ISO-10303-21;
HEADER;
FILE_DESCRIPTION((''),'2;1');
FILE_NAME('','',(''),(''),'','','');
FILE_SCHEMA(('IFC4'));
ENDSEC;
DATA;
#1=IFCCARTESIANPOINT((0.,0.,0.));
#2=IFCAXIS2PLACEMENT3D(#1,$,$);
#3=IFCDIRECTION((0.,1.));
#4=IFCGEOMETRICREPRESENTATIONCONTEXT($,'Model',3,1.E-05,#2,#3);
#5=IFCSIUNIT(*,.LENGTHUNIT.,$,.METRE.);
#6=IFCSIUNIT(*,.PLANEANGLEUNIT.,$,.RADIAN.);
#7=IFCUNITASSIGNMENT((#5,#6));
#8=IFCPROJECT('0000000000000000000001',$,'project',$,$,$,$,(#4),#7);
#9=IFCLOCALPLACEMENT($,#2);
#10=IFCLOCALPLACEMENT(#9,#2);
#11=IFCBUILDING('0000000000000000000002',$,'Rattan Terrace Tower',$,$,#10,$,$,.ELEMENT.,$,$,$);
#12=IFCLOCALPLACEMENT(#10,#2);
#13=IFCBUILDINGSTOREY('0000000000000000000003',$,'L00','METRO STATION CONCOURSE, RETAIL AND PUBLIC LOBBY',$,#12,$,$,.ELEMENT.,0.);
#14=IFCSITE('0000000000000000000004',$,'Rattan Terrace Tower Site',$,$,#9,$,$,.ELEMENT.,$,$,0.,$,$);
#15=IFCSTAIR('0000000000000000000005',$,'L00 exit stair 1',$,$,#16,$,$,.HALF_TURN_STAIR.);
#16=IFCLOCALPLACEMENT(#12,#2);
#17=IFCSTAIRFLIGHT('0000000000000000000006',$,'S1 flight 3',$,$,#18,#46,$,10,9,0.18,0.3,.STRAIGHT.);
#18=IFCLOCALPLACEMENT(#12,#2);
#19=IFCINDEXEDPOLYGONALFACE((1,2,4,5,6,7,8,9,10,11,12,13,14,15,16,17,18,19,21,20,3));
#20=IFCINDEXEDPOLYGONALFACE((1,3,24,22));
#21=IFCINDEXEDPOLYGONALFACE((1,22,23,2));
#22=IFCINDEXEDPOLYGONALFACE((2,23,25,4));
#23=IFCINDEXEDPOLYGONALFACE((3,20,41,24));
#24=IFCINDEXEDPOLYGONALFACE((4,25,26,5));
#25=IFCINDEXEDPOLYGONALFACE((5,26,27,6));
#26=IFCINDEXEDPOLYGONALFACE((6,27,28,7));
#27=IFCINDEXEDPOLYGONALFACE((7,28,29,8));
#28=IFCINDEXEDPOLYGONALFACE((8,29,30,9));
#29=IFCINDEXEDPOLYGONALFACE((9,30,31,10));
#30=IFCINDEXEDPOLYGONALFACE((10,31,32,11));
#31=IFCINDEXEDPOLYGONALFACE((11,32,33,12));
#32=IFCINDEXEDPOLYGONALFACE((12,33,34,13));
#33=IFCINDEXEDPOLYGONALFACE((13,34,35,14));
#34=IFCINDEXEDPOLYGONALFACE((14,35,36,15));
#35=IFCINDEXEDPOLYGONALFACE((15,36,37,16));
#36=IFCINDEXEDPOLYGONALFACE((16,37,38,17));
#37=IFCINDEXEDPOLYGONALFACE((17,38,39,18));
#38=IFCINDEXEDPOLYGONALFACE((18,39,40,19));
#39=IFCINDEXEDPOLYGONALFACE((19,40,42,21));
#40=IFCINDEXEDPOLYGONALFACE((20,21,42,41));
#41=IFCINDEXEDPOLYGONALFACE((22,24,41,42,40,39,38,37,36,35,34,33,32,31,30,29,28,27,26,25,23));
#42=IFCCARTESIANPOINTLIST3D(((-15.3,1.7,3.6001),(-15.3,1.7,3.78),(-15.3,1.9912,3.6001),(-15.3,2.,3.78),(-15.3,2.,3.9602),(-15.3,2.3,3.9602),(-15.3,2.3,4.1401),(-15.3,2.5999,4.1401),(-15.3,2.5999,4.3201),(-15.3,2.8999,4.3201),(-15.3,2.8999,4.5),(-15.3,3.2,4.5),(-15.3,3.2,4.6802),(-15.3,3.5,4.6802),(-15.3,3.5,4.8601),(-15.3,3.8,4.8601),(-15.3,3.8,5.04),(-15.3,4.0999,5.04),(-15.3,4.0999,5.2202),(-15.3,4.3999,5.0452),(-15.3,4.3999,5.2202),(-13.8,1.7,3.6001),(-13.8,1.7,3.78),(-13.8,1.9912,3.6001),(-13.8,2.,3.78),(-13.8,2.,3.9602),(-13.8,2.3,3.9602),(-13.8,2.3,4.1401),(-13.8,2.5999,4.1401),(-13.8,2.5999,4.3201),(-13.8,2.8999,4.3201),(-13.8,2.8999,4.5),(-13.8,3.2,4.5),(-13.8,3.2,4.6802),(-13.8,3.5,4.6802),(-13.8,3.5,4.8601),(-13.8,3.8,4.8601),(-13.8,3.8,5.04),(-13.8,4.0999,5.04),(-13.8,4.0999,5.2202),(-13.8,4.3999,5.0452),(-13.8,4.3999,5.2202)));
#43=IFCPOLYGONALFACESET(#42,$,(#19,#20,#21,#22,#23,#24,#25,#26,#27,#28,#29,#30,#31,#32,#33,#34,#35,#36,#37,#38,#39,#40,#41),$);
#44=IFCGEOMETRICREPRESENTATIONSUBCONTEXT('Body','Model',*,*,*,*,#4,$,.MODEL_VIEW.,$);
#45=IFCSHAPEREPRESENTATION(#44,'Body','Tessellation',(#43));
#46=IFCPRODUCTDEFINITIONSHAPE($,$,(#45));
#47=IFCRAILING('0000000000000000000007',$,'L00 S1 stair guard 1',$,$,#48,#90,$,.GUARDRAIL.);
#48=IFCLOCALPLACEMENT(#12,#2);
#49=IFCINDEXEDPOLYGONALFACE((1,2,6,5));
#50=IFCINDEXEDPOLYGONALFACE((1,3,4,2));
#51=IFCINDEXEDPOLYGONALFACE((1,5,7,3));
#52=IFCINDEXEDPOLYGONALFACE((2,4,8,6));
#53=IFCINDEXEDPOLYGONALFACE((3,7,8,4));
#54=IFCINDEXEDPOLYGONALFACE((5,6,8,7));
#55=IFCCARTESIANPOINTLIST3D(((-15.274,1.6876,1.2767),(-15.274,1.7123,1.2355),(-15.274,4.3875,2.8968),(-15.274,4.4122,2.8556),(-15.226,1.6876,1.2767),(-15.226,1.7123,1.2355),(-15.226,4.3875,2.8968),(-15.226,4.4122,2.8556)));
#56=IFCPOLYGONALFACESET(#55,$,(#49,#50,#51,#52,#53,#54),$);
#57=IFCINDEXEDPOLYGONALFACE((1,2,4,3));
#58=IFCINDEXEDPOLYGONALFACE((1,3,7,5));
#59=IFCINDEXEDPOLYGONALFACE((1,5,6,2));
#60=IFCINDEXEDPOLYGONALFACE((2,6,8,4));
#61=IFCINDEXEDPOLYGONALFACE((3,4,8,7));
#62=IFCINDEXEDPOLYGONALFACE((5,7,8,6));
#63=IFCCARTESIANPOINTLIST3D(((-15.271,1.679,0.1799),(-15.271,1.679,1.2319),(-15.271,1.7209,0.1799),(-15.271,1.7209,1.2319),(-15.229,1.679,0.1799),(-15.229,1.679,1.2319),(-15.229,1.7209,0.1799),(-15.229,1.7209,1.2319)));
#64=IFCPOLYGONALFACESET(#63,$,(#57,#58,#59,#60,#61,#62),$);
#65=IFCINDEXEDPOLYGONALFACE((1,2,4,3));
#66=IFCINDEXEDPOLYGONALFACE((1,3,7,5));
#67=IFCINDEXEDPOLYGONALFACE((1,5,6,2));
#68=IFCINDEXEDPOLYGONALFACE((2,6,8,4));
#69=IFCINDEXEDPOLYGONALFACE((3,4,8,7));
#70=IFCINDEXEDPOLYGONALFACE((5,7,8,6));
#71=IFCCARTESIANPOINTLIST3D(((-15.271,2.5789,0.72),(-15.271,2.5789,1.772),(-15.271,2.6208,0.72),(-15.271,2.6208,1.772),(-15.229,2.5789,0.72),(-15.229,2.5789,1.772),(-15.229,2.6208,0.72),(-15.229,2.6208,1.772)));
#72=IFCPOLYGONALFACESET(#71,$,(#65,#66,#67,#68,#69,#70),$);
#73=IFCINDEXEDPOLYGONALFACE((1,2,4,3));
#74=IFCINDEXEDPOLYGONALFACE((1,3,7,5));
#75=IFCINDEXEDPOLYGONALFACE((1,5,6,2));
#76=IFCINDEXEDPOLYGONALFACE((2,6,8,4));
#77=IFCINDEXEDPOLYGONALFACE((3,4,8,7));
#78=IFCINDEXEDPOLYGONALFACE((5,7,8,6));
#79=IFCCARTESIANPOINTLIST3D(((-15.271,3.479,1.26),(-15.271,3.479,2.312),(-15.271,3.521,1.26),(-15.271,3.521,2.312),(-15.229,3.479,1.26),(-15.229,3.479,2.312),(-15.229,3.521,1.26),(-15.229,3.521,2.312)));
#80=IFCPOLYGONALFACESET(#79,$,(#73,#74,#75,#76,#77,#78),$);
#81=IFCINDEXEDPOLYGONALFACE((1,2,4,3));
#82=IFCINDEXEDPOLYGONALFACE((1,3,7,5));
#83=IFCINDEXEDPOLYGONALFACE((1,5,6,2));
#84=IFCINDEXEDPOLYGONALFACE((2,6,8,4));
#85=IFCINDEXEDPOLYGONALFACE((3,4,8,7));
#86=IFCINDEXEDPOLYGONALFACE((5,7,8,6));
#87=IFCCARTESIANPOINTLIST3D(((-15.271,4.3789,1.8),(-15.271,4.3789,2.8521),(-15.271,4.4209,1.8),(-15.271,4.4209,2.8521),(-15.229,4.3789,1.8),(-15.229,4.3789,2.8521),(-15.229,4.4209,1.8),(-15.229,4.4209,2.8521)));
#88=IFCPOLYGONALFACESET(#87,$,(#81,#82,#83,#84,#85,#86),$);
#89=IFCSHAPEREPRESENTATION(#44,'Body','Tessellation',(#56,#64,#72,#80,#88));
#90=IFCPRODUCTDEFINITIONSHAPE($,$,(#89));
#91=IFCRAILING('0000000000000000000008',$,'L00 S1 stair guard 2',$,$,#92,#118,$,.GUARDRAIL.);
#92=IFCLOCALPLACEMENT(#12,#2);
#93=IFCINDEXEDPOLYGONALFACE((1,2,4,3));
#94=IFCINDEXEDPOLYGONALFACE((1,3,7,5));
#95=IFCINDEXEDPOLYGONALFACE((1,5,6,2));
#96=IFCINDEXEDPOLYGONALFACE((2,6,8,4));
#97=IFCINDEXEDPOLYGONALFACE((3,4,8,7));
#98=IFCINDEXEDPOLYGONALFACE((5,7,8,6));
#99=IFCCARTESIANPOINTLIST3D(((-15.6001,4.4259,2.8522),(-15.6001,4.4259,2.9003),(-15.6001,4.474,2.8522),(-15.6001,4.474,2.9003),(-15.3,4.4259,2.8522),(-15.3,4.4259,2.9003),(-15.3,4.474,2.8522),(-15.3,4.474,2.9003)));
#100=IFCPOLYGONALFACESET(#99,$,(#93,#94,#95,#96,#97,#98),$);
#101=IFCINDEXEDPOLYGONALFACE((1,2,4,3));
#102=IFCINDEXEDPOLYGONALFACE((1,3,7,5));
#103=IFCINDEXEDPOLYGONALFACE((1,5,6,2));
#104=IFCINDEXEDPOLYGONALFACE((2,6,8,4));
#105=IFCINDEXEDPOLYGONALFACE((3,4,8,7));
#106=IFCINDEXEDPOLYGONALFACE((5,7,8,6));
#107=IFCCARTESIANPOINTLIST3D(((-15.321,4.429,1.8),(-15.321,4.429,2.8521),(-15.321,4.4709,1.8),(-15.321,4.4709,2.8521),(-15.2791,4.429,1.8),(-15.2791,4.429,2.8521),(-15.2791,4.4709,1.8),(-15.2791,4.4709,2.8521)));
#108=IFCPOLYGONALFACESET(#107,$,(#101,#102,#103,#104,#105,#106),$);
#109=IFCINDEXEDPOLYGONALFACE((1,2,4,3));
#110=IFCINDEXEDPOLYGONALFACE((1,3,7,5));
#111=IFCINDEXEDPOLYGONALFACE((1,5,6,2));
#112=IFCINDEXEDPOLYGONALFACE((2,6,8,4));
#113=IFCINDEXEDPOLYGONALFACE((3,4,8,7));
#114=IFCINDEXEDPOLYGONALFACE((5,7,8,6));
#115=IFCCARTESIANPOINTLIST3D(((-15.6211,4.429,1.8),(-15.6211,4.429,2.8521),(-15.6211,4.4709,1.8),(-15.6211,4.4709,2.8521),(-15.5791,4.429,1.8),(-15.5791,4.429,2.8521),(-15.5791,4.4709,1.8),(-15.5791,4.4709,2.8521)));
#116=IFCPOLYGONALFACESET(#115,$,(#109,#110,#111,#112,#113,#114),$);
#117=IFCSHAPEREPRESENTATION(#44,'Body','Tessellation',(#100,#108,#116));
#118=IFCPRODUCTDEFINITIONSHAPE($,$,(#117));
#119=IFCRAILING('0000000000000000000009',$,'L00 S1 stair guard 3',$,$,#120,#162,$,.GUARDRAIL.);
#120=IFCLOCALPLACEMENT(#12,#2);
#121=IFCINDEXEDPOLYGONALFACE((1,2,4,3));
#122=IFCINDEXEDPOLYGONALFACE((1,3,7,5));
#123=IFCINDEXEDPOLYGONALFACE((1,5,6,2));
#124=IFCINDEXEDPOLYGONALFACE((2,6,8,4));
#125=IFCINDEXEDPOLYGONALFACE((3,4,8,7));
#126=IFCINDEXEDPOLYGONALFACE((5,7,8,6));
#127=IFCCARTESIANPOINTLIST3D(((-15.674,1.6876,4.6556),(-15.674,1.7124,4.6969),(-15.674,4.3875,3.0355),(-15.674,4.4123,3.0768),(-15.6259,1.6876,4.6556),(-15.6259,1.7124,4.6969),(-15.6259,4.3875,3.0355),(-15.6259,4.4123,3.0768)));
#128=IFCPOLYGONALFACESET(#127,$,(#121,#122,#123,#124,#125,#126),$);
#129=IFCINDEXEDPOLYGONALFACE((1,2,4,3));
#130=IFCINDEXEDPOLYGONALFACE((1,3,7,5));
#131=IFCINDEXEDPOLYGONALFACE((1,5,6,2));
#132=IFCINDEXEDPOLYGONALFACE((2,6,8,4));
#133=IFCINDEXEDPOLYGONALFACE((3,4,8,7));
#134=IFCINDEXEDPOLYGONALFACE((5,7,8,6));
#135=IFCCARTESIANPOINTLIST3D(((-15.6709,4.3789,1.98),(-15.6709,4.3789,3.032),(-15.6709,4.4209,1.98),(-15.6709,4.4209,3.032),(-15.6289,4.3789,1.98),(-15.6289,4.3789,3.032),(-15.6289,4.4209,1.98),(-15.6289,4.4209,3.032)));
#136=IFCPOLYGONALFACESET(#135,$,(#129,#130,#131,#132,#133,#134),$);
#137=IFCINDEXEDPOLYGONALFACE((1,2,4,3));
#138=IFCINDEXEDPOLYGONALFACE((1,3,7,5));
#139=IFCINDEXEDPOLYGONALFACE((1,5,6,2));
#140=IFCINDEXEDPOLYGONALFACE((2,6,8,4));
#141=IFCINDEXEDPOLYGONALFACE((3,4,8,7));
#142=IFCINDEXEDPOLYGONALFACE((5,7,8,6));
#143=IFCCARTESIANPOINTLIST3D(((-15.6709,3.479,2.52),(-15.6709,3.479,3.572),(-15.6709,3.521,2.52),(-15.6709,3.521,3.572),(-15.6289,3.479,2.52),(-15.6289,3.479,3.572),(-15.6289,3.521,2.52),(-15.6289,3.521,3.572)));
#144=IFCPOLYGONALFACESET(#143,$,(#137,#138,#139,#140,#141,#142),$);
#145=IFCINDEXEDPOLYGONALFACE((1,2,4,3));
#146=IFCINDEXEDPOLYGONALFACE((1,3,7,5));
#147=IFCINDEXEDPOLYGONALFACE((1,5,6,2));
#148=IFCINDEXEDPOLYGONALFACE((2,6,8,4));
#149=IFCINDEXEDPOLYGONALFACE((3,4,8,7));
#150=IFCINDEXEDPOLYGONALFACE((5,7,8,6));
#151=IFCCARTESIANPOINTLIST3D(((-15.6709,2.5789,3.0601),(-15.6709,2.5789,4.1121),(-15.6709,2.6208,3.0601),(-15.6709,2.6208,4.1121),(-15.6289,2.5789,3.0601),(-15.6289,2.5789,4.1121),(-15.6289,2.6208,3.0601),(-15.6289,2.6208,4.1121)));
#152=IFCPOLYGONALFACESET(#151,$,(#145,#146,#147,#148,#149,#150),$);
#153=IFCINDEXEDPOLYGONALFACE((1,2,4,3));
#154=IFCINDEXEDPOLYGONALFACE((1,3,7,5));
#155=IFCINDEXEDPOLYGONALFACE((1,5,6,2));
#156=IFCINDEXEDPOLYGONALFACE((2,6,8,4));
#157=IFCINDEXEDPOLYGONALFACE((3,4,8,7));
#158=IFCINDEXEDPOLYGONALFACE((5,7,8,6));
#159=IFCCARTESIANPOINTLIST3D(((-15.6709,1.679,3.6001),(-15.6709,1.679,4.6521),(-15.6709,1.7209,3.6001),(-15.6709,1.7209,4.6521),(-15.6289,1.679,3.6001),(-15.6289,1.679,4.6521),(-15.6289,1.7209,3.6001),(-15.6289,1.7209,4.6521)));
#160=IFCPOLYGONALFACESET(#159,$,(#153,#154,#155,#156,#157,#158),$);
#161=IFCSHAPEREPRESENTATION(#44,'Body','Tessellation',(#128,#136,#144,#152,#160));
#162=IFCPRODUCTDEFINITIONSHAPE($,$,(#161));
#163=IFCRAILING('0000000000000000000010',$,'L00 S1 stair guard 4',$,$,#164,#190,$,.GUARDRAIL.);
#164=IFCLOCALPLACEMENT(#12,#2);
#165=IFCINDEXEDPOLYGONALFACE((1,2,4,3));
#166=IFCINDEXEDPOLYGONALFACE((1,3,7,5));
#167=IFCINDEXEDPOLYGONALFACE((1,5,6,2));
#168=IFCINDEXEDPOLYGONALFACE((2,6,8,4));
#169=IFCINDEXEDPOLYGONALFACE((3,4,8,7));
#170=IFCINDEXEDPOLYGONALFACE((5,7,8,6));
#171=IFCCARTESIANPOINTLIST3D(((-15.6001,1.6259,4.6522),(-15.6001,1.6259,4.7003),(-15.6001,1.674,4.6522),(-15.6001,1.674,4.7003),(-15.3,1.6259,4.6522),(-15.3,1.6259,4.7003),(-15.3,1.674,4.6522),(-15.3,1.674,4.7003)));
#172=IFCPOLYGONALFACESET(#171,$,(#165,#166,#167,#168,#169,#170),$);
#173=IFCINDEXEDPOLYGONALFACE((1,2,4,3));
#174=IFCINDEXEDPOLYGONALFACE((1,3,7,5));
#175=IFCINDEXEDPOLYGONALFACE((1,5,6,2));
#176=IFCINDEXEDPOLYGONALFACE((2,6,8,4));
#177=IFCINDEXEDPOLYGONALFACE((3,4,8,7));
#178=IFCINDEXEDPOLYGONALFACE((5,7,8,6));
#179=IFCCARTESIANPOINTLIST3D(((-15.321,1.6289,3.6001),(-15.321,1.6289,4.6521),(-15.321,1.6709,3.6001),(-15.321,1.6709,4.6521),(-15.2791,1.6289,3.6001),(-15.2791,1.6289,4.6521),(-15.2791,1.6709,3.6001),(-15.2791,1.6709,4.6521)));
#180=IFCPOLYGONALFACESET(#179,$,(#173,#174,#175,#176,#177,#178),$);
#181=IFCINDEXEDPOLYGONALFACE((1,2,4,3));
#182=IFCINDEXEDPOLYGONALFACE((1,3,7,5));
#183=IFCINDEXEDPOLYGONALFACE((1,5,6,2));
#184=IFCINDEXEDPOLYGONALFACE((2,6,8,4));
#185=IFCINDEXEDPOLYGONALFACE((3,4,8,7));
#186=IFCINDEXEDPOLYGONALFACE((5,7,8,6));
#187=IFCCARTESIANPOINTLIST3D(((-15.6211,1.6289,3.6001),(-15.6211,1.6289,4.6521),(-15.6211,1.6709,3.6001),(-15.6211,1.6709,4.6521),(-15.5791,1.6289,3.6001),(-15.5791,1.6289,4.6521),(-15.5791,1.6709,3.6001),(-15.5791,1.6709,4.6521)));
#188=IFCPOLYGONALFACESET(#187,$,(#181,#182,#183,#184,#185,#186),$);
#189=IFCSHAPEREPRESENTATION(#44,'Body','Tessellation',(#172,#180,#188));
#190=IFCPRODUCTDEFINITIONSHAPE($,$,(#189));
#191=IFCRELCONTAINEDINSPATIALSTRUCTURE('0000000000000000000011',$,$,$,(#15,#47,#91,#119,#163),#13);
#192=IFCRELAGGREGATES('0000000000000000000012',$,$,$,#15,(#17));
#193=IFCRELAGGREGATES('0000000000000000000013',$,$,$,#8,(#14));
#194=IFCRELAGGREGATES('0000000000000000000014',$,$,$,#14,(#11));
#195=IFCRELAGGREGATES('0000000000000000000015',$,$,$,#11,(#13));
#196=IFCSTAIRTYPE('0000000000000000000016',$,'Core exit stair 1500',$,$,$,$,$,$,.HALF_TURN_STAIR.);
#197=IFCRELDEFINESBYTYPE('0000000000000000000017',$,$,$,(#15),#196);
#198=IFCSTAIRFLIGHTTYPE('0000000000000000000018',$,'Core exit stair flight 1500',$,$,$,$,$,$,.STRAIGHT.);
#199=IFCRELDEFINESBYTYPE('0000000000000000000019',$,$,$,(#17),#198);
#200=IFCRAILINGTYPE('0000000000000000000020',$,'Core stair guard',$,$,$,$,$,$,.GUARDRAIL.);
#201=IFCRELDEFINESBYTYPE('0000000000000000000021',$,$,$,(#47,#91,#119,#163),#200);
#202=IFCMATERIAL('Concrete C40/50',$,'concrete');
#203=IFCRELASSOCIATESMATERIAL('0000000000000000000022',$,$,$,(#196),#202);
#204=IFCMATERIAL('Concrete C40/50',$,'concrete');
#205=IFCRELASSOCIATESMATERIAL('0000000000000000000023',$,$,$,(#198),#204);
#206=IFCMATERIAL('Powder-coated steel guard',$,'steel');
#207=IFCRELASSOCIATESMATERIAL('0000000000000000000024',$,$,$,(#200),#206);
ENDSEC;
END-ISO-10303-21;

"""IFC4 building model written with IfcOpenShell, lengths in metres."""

from ifc_helpers import new_model, si_unit, direction, frame, origin, origin_2d, place, context, subcontext, project, spatial, polyline, rectangle, outline, extrude, material, type_object, element, aggregate, save


model = new_model("IFC4")

# Units and contexts
model_context = context("Model", 3, precision=1e-05, world=origin(), true_north=direction((0.0, 1.0)))
body_context = subcontext(model_context, "Body", "Model", "MODEL_VIEW")
ifc_project = project(units=[si_unit("LENGTHUNIT", "METRE"), si_unit("PLANEANGLEUNIT", "RADIAN")], contexts=[model_context])

# Site, building, storey
site_placement = place(None, origin())
site = spatial("IfcSite", under=ifc_project, at=site_placement, Name="Rattan Terrace Tower Site", CompositionType="ELEMENT", RefElevation=0.0)
building_placement = place(site_placement, origin())
building = spatial("IfcBuilding", under=site, at=building_placement, Name="Rattan Terrace Tower", CompositionType="ELEMENT")
storey_placement = place(building_placement, origin())
storey = spatial("IfcBuildingStorey", under=building, at=storey_placement, Name="L00", Description="METRO STATION CONCOURSE, RETAIL AND PUBLIC LOBBY", CompositionType="ELEMENT", Elevation=0.0)

# Stair, stair flight
ifc_material_1 = material(Name="Concrete C40/50", Category="concrete")
stair_type = type_object("IfcStairType", Name="Core exit stair 1500", PredefinedType="HALF_TURN_STAIR", material=ifc_material_1)
stair_placement = place(storey_placement, origin())
stair = element("IfcStair", 1, at=stair_placement, inside=storey, type_object=stair_type, Name="L00 exit stair 1", PredefinedType="HALF_TURN_STAIR")
ifc_material_2 = material(Name="Concrete C40/50", Category="concrete")
stair_flight_type = type_object("IfcStairFlightType", Name="Core exit stair flight 1500", PredefinedType="STRAIGHT", material=ifc_material_2)
stair_flight_1_placement = place(storey_placement, frame((-14.55, 1.7, 3.6001), z_axis=(0.0, 0.0, 1.0), x_axis=(0.0, 1.0, 0.0)))
stair_flight_1 = element("IfcStairFlight", 2, at=stair_flight_1_placement, type_object=stair_flight_type, Name="S1 flight 3", NumberOfRisers=10, NumberOfTreads=9, PredefinedType="STRAIGHT", RiserHeight=0.18, TreadLength=0.3, context=body_context, shape_type="SweptSolid", body=[
    extrude(outline(polyline([(0.0, 0.0), (0.0, 0.1799), (0.3, 0.1799), (0.3, 0.3601), (0.6001, 0.3601), (0.6001, 0.54), (0.8999, 0.54), (0.8999, 0.72), (1.2, 0.72), (1.2, 0.8999), (1.5, 0.8999), (1.5, 1.0801), (1.8, 1.0801), (1.8, 1.26), (2.1001, 1.26), (2.1001, 1.4399), (2.3999, 1.4399), (2.3999, 1.6201), (2.7, 1.6201), (2.7, 1.8), (2.7, 1.4451), (0.2913, 0.0), (0.0, 0.0)])), frame((0.0, 0.75, 0.0), z_axis=(0.0, -1.0, 0.0), x_axis=(1.0, 0.0, 0.0)), (0.0, 0.0, 1.0), 1.5),
])
aggregate(stair, [stair_flight_1])

# Railings
ifc_material_3 = material(Name="Powder-coated steel guard", Category="steel")
railing_type_1 = type_object("IfcRailingType", Name="Core stair guard", PredefinedType="GUARDRAIL", material=ifc_material_3)
railing_1_placement = place(storey_placement, frame((-15.25, 1.7, 0.1799)))
element("IfcRailing", 3, at=railing_1_placement, inside=storey, type_object=railing_type_1, Name="L00 S1 stair guard 1", PredefinedType="GUARDRAIL", context=body_context, shape_type="SweptSolid", body=[
    extrude(rectangle(XDim=0.0481, YDim=0.0481, at=origin_2d()), frame((0.0, 0.0, 1.0762), z_axis=(0.0, 0.857472, 0.51453), x_axis=(-1.0, 0.0, 0.0)), (0.0, 0.0, 1.0), 3.1487),
    extrude(rectangle(XDim=0.042, YDim=0.042, at=origin_2d()), origin(), (0.0, 0.0, 1.0), 1.052),
    extrude(rectangle(XDim=0.042, YDim=0.042, at=origin_2d()), frame((0.0, 0.8999, 0.54)), (0.0, 0.0, 1.0), 1.052),
    extrude(rectangle(XDim=0.042, YDim=0.042, at=origin_2d()), frame((0.0, 1.8, 1.0801)), (0.0, 0.0, 1.0), 1.052),
    extrude(rectangle(XDim=0.042, YDim=0.042, at=origin_2d()), frame((0.0, 2.7, 1.6201)), (0.0, 0.0, 1.0), 1.052),
])
railing_2_placement = place(storey_placement, frame((-15.3, 4.45, 1.8)))
element("IfcRailing", 4, at=railing_2_placement, inside=storey, type_object=railing_type_1, Name="L00 S1 stair guard 2", PredefinedType="GUARDRAIL", context=body_context, shape_type="SweptSolid", body=[
    extrude(rectangle(XDim=0.0481, YDim=0.0481, at=origin_2d()), frame((0.0, 0.0, 1.0762), z_axis=(-1.0, 0.0, 0.0), x_axis=(0.0, -1.0, 0.0)), (0.0, 0.0, 1.0), 0.3),
    extrude(rectangle(XDim=0.042, YDim=0.042, at=origin_2d()), origin(), (0.0, 0.0, 1.0), 1.052),
    extrude(rectangle(XDim=0.042, YDim=0.042, at=origin_2d()), frame((-0.3, 0.0, 0.0)), (0.0, 0.0, 1.0), 1.052),
])
railing_3_placement = place(storey_placement, frame((-15.6499, 4.3999, 1.98)))
element("IfcRailing", 5, at=railing_3_placement, inside=storey, type_object=railing_type_1, Name="L00 S1 stair guard 3", PredefinedType="GUARDRAIL", context=body_context, shape_type="SweptSolid", body=[
    extrude(rectangle(XDim=0.0481, YDim=0.0481, at=origin_2d()), frame((0.0, 0.0, 1.0762), z_axis=(0.0, -0.857472, 0.51453), x_axis=(1.0, 0.0, 0.0)), (0.0, 0.0, 1.0), 3.1487),
    extrude(rectangle(XDim=0.042, YDim=0.042, at=origin_2d()), origin(), (0.0, 0.0, 1.0), 1.052),
    extrude(rectangle(XDim=0.042, YDim=0.042, at=origin_2d()), frame((0.0, -0.8999, 0.54)), (0.0, 0.0, 1.0), 1.052),
    extrude(rectangle(XDim=0.042, YDim=0.042, at=origin_2d()), frame((0.0, -1.8, 1.0801)), (0.0, 0.0, 1.0), 1.052),
    extrude(rectangle(XDim=0.042, YDim=0.042, at=origin_2d()), frame((0.0, -2.7, 1.6201)), (0.0, 0.0, 1.0), 1.052),
])
railing_4_placement = place(storey_placement, frame((-15.3, 1.6499, 3.6001)))
element("IfcRailing", 6, at=railing_4_placement, inside=storey, type_object=railing_type_1, Name="L00 S1 stair guard 4", PredefinedType="GUARDRAIL", context=body_context, shape_type="SweptSolid", body=[
    extrude(rectangle(XDim=0.0481, YDim=0.0481, at=origin_2d()), frame((0.0, 0.0, 1.0762), z_axis=(-1.0, 0.0, 0.0), x_axis=(0.0, -1.0, 0.0)), (0.0, 0.0, 1.0), 0.3),
    extrude(rectangle(XDim=0.042, YDim=0.042, at=origin_2d()), origin(), (0.0, 0.0, 1.0), 1.052),
    extrude(rectangle(XDim=0.042, YDim=0.042, at=origin_2d()), frame((-0.3, 0.0, 0.0)), (0.0, 0.0, 1.0), 1.052),
])

save(model, "model.ifc")
